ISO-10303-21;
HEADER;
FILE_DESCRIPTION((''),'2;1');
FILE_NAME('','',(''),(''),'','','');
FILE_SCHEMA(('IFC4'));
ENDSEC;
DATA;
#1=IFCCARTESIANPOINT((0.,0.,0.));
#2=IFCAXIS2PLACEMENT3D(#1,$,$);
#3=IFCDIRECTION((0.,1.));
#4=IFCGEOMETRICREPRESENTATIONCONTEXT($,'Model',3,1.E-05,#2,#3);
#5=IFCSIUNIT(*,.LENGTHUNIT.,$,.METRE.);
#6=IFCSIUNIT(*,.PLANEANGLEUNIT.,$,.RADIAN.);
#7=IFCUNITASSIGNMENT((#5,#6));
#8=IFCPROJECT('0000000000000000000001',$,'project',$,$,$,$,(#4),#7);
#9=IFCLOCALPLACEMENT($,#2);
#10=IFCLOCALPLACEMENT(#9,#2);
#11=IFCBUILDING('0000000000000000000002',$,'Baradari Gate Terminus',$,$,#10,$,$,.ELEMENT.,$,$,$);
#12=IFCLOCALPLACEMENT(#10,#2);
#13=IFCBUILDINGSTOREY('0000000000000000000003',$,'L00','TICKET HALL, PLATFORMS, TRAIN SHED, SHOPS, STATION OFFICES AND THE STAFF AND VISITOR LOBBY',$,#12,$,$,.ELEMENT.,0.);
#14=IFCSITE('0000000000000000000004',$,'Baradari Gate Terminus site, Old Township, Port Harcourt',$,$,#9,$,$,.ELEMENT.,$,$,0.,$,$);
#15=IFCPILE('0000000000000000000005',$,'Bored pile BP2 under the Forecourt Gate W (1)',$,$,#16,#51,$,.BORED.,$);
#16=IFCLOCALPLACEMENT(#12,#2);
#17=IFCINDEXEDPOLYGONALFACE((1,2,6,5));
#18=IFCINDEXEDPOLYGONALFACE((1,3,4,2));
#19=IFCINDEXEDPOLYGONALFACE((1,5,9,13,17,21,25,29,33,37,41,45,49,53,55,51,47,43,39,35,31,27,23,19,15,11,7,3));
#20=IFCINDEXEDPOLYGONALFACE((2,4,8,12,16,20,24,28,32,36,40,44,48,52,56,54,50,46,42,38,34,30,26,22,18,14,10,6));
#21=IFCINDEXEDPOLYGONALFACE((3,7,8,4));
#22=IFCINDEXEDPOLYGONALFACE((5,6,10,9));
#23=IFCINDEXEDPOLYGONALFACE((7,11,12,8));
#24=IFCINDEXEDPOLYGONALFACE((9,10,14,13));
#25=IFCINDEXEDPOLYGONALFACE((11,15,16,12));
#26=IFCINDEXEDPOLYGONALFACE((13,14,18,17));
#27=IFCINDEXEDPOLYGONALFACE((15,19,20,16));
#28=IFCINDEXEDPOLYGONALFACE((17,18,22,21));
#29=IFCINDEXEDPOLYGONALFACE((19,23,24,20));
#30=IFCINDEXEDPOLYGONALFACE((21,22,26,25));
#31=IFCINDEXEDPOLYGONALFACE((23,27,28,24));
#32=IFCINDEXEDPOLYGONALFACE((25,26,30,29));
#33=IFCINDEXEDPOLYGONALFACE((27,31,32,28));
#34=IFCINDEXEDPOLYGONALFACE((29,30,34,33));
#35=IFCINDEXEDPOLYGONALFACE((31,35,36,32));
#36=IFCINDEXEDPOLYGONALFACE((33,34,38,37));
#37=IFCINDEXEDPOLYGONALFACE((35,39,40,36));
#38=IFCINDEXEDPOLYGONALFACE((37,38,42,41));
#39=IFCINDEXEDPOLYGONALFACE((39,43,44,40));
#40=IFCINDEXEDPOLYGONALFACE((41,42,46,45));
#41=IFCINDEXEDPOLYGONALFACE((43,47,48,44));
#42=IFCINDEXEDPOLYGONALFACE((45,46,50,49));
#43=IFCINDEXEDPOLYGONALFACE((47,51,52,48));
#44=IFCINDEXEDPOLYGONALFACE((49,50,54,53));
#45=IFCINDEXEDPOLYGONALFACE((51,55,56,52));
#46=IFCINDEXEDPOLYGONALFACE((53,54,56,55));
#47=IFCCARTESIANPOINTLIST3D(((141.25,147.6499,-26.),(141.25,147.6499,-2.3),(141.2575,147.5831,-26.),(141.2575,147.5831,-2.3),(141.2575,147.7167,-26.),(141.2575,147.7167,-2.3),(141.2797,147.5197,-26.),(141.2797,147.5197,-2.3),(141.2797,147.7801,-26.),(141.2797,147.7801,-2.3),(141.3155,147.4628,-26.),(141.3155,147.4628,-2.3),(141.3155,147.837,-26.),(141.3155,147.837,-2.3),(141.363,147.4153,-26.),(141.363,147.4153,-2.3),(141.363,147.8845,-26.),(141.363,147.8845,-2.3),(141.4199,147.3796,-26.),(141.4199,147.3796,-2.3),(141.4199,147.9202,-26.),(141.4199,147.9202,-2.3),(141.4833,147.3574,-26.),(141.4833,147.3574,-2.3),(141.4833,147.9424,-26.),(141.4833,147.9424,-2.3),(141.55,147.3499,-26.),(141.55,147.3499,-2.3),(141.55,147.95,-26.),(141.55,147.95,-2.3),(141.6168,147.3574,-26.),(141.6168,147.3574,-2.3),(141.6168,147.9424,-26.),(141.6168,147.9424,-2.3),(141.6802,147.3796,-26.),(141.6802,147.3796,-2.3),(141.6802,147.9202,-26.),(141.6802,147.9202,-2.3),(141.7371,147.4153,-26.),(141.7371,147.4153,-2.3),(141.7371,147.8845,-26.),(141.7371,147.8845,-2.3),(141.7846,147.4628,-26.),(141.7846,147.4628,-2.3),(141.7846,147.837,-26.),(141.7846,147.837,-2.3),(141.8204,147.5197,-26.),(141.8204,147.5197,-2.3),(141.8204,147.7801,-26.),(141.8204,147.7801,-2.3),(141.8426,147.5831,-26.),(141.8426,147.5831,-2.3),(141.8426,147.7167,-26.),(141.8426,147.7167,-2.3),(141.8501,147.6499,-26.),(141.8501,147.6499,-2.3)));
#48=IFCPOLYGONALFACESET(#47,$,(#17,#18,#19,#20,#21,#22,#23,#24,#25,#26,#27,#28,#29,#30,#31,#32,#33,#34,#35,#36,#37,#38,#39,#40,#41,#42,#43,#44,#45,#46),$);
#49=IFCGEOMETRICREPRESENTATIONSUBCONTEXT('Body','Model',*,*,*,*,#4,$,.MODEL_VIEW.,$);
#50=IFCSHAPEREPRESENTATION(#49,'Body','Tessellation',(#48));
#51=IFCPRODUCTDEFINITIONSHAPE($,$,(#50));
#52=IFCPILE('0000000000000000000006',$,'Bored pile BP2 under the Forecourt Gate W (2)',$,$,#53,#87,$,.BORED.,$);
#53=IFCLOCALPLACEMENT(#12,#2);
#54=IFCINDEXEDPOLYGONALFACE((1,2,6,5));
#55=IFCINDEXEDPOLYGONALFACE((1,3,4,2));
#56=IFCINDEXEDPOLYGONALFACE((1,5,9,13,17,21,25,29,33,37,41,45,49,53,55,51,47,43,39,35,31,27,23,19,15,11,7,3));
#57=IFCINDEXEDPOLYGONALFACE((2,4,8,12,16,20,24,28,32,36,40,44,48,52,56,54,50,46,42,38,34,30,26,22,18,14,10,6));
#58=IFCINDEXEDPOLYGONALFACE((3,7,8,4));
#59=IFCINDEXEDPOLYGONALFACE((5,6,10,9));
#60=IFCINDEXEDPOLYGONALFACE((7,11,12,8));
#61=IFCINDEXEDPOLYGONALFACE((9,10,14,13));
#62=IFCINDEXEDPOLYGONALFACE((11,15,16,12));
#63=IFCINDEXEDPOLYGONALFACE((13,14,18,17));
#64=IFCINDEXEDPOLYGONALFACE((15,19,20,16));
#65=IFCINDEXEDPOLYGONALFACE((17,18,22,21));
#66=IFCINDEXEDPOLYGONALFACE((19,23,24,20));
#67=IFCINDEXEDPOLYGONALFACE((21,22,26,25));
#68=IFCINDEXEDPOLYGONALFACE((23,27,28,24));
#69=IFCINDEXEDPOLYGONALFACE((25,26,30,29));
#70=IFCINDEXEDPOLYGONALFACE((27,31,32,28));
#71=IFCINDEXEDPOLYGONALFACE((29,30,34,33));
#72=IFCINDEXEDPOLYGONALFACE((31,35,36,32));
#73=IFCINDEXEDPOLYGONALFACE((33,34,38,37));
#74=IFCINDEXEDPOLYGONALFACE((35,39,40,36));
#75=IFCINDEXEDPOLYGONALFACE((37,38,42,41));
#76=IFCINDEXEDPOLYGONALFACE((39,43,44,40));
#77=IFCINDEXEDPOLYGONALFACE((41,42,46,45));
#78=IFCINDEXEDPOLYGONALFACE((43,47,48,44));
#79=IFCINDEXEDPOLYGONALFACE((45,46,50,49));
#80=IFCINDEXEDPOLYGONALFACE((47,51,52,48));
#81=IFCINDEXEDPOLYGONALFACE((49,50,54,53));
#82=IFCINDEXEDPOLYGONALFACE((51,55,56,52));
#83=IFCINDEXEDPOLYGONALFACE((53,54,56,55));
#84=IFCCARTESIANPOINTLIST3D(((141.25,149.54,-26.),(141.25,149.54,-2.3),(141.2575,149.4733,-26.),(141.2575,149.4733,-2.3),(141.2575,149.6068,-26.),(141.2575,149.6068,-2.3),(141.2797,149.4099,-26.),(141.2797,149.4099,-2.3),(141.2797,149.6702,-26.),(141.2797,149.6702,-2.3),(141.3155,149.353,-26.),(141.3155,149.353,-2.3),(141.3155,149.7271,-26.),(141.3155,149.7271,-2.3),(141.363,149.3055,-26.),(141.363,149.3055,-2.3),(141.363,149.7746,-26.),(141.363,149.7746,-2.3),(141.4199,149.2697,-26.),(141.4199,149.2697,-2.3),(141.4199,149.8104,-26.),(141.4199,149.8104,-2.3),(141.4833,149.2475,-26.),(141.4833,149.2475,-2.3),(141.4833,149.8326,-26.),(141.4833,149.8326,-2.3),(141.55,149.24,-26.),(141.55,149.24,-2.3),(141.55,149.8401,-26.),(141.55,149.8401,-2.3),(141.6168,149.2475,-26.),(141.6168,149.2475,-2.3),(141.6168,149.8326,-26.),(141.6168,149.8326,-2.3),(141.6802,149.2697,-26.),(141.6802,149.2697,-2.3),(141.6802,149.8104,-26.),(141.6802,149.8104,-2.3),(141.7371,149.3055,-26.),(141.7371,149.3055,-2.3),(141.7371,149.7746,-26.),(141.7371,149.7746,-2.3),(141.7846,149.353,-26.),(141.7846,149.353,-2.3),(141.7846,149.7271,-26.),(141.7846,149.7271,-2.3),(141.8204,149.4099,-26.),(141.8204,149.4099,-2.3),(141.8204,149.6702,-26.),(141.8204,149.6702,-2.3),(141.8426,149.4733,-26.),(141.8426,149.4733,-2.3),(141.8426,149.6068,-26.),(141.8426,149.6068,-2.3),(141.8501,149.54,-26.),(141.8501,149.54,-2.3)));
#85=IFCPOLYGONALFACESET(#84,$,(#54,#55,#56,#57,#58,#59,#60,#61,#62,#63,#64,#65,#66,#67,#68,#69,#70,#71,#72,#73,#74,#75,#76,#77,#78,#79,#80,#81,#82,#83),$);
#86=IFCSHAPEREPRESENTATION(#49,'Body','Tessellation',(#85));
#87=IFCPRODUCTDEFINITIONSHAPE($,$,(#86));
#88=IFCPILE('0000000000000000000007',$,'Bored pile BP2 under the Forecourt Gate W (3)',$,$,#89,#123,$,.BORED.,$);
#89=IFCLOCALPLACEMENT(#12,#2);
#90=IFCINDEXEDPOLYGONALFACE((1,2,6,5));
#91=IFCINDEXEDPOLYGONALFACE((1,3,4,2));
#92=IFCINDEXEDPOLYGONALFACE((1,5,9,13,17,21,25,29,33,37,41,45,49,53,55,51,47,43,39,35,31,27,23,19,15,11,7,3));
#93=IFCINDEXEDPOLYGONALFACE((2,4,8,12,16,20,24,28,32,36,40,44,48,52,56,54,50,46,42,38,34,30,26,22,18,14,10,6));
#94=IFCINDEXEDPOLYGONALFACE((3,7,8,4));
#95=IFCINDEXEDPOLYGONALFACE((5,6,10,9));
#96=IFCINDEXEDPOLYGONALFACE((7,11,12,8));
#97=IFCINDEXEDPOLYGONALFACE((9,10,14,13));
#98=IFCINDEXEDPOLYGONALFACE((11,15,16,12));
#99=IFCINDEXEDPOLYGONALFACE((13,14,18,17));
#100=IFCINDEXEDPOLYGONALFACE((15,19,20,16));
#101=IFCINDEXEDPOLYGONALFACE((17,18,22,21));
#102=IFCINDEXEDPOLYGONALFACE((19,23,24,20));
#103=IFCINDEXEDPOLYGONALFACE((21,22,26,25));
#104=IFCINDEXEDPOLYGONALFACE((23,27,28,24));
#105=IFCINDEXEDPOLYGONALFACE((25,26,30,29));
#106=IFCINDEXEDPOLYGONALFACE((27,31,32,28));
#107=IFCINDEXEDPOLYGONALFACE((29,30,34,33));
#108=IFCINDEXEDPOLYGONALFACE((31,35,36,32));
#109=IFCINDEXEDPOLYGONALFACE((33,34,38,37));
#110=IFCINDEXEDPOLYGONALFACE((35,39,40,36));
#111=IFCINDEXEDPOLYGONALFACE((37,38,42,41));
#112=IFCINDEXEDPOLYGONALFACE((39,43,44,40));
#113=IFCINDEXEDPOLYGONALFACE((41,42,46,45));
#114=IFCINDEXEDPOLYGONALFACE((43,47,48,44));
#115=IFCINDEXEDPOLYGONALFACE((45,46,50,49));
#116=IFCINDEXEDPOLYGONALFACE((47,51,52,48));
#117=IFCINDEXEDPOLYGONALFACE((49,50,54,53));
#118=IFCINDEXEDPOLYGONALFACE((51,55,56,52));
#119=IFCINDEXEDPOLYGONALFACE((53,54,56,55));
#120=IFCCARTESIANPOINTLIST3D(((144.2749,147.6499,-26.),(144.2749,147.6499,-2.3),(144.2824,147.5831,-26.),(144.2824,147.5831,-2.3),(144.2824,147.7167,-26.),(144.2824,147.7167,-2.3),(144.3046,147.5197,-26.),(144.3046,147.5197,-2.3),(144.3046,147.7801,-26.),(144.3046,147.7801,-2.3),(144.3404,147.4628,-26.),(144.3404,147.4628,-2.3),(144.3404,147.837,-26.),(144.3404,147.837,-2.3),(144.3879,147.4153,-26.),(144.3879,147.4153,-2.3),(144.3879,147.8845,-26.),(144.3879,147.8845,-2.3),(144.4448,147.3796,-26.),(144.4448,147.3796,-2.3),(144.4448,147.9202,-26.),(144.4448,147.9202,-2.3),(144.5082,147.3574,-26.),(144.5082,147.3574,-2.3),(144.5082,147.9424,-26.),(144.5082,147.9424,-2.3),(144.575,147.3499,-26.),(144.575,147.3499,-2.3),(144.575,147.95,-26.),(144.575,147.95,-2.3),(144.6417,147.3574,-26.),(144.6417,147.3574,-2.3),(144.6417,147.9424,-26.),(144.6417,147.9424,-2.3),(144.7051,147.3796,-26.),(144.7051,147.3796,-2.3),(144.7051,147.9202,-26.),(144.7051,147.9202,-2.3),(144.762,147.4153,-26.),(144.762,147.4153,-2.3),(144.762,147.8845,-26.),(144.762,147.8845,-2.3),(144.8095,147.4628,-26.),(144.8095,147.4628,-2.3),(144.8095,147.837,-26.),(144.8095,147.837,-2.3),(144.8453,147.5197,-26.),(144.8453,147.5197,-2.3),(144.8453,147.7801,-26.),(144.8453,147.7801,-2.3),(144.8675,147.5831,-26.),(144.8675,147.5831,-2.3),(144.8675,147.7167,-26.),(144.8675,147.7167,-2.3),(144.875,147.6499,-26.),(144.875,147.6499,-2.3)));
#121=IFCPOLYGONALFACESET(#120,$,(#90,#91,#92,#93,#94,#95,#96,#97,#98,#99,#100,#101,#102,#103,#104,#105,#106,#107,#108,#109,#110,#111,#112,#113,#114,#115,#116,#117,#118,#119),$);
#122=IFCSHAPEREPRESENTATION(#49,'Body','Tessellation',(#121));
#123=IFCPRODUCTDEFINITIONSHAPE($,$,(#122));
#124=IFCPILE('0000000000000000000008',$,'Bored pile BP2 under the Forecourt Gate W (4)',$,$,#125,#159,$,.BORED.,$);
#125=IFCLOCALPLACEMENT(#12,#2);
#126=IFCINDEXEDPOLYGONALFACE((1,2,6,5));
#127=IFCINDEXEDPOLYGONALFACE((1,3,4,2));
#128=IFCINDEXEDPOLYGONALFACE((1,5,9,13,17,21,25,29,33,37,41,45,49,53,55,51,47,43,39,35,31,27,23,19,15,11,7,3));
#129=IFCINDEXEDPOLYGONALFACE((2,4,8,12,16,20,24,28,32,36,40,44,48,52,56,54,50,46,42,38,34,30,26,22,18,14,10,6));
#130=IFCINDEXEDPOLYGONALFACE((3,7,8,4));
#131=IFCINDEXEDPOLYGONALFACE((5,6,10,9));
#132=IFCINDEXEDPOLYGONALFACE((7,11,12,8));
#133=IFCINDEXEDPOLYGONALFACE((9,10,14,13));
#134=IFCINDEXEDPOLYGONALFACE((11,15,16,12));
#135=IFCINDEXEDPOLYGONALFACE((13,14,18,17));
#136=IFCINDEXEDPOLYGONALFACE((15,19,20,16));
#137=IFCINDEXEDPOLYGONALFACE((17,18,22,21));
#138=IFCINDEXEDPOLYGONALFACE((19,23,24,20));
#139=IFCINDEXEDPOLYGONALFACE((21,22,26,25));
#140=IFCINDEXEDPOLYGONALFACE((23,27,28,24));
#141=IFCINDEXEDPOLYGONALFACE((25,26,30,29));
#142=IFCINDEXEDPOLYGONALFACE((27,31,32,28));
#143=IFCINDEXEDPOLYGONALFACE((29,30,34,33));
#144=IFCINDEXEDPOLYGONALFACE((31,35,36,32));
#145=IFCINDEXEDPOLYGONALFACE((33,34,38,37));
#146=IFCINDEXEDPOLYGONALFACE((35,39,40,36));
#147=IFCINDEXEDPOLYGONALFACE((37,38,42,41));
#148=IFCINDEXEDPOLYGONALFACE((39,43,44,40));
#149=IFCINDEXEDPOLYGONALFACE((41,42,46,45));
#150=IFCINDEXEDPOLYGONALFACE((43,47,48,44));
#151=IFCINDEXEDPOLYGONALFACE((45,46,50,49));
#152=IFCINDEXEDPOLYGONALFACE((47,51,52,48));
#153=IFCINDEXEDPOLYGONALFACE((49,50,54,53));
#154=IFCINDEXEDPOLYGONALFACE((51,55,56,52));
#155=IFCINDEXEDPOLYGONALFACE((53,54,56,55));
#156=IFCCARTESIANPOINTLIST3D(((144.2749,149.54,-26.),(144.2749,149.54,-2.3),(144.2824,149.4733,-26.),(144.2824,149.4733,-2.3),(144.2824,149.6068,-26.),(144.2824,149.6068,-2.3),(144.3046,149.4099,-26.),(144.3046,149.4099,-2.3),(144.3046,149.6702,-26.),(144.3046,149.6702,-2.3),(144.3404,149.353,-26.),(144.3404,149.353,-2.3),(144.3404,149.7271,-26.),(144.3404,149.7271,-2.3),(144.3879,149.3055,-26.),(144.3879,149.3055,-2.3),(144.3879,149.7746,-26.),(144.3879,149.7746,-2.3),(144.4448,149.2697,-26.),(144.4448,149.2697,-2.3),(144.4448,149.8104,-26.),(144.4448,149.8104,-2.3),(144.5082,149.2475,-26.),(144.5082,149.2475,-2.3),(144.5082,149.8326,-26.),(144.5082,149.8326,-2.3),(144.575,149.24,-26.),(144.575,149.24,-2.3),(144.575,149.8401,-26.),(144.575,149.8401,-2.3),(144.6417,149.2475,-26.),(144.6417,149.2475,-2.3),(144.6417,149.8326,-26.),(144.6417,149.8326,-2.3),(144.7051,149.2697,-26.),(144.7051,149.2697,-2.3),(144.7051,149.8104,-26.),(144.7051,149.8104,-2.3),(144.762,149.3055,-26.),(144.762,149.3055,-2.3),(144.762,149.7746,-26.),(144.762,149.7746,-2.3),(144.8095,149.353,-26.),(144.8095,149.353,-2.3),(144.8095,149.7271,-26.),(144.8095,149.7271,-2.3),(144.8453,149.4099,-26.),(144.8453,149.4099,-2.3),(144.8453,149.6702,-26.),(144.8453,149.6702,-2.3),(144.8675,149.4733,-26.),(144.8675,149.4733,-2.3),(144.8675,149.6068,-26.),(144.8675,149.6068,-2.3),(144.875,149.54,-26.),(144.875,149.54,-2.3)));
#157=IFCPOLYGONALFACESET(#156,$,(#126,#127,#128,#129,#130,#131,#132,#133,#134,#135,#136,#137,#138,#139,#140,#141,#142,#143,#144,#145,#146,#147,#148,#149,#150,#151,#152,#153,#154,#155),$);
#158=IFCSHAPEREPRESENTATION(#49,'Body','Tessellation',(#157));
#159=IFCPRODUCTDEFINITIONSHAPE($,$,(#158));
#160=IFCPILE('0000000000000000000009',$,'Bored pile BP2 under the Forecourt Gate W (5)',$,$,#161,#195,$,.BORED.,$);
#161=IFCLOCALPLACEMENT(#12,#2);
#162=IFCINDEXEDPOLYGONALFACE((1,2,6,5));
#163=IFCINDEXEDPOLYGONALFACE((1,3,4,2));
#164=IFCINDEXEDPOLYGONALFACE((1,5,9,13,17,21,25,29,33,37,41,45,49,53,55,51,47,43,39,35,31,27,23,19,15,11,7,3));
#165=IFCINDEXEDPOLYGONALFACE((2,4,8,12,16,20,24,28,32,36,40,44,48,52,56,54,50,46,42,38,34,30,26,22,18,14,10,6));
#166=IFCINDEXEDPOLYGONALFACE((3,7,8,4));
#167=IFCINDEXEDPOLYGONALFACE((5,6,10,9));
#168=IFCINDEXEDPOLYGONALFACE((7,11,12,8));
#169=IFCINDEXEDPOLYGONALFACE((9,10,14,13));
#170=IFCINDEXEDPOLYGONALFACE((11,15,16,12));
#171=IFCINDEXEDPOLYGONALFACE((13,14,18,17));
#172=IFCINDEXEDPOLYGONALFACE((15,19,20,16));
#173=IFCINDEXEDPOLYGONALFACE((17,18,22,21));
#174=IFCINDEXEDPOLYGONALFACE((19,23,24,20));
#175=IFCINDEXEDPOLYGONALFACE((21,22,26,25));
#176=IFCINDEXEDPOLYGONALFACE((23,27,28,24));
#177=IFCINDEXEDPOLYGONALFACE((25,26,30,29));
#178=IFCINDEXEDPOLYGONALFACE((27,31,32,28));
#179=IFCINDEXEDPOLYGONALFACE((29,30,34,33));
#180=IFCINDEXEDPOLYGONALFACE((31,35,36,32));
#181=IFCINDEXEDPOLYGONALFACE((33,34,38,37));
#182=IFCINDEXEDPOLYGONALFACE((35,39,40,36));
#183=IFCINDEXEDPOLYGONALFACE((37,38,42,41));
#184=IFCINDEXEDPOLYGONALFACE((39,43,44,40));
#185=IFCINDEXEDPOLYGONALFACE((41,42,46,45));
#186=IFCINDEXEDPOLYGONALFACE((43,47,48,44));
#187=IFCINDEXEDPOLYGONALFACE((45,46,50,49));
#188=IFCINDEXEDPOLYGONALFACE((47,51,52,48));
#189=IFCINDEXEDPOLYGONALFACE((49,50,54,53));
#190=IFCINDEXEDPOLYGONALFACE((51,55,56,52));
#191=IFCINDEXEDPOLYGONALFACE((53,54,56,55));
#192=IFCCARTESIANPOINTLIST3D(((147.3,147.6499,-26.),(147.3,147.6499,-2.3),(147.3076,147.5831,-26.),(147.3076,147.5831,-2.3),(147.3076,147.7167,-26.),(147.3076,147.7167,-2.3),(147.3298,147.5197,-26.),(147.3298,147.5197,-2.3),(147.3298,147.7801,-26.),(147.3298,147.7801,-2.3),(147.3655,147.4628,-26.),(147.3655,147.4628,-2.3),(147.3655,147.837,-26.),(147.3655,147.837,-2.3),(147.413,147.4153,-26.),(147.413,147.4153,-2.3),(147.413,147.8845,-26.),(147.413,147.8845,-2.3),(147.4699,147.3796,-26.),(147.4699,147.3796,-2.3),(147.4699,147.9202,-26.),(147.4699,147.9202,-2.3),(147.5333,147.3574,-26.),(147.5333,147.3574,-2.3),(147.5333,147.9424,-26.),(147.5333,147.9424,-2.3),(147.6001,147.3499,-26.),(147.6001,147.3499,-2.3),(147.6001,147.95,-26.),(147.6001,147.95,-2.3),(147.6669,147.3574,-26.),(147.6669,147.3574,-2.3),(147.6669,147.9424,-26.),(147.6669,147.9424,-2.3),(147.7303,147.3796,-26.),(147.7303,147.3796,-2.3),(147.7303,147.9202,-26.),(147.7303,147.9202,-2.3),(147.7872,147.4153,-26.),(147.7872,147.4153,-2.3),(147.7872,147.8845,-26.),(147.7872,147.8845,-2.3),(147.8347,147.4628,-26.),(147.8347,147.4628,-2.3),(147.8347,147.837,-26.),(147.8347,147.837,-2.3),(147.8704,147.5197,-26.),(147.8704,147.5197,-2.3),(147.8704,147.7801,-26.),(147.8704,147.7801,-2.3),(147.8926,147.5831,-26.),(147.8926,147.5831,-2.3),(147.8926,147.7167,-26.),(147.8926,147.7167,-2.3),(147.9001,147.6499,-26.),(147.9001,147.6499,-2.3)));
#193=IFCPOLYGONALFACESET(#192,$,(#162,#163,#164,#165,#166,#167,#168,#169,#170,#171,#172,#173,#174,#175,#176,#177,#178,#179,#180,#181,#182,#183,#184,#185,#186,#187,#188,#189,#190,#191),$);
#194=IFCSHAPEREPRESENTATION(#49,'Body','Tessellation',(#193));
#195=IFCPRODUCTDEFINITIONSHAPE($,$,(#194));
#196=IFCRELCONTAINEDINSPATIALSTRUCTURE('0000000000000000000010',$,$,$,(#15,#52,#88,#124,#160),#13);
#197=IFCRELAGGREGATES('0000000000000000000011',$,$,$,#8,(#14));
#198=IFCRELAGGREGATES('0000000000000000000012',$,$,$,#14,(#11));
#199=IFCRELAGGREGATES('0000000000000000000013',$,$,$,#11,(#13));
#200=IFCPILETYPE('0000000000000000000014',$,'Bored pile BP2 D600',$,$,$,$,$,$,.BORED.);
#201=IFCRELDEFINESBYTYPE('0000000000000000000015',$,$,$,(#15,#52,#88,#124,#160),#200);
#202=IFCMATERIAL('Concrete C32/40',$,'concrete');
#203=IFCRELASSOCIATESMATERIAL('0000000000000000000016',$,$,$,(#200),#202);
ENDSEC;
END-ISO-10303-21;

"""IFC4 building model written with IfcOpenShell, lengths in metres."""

from ifc_helpers import new_model, si_unit, direction, frame, origin, origin_2d, place, context, subcontext, project, spatial, circle, extrude, material, type_object, element, save


model = new_model("IFC4")

# Units and contexts
model_context = context("Model", 3, precision=1e-05, world=origin(), true_north=direction((0.0, 1.0)))
body_context = subcontext(model_context, "Body", "Model", "MODEL_VIEW")
ifc_project = project(units=[si_unit("LENGTHUNIT", "METRE"), si_unit("PLANEANGLEUNIT", "RADIAN")], contexts=[model_context])

# Site, building, storey
site_placement = place(None, origin())
site = spatial("IfcSite", under=ifc_project, at=site_placement, Name="Baradari Gate Terminus site, Old Township, Port Harcourt", CompositionType="ELEMENT", RefElevation=0.0)
building_placement = place(site_placement, origin())
building = spatial("IfcBuilding", under=site, at=building_placement, Name="Baradari Gate Terminus", CompositionType="ELEMENT")
storey_placement = place(building_placement, origin())
storey = spatial("IfcBuildingStorey", under=building, at=storey_placement, Name="L00", Description="TICKET HALL, PLATFORMS, TRAIN SHED, SHOPS, STATION OFFICES AND THE STAFF AND VISITOR LOBBY", CompositionType="ELEMENT", Elevation=0.0)

# Piles
ifc_material_1 = material(Name="Concrete C32/40", Category="concrete")
pile_type = type_object("IfcPileType", Name="Bored pile BP2 D600", PredefinedType="BORED", material=ifc_material_1)
for number, where, z_axis, x_axis, name in (
    (1, (141.55, 147.6499, -2.3), (0.0, 0.0, -1.0), (1.0, 0.0, 0.0), "Bored pile BP2 under the Forecourt Gate W (1)"),
    (2, (141.55, 149.54, -2.3), (0.0, 0.0, -1.0), (1.0, 0.0, 0.0), "Bored pile BP2 under the Forecourt Gate W (2)"),
    (3, (144.575, 147.6499, -2.3), (0.0, 0.0, -1.0), (1.0, 0.0, 0.0), "Bored pile BP2 under the Forecourt Gate W (3)"),
    (4, (144.575, 149.54, -2.3), (0.0, 0.0, -1.0), (1.0, 0.0, 0.0), "Bored pile BP2 under the Forecourt Gate W (4)"),
    (5, (147.6001, 147.6499, -2.3), (0.0, 0.0, -1.0), (1.0, 0.0, 0.0), "Bored pile BP2 under the Forecourt Gate W (5)"),
):
    element("IfcPile", number, at=place(storey_placement, frame(where, z_axis=z_axis, x_axis=x_axis)), inside=storey, type_object=pile_type, Name=name, PredefinedType="BORED", context=body_context, shape_type="SweptSolid", body=[
        extrude(circle(Radius=0.3, at=origin_2d()), origin(), (0.0, 0.0, 1.0), 23.7),
    ])

save(model, "model.ifc")
